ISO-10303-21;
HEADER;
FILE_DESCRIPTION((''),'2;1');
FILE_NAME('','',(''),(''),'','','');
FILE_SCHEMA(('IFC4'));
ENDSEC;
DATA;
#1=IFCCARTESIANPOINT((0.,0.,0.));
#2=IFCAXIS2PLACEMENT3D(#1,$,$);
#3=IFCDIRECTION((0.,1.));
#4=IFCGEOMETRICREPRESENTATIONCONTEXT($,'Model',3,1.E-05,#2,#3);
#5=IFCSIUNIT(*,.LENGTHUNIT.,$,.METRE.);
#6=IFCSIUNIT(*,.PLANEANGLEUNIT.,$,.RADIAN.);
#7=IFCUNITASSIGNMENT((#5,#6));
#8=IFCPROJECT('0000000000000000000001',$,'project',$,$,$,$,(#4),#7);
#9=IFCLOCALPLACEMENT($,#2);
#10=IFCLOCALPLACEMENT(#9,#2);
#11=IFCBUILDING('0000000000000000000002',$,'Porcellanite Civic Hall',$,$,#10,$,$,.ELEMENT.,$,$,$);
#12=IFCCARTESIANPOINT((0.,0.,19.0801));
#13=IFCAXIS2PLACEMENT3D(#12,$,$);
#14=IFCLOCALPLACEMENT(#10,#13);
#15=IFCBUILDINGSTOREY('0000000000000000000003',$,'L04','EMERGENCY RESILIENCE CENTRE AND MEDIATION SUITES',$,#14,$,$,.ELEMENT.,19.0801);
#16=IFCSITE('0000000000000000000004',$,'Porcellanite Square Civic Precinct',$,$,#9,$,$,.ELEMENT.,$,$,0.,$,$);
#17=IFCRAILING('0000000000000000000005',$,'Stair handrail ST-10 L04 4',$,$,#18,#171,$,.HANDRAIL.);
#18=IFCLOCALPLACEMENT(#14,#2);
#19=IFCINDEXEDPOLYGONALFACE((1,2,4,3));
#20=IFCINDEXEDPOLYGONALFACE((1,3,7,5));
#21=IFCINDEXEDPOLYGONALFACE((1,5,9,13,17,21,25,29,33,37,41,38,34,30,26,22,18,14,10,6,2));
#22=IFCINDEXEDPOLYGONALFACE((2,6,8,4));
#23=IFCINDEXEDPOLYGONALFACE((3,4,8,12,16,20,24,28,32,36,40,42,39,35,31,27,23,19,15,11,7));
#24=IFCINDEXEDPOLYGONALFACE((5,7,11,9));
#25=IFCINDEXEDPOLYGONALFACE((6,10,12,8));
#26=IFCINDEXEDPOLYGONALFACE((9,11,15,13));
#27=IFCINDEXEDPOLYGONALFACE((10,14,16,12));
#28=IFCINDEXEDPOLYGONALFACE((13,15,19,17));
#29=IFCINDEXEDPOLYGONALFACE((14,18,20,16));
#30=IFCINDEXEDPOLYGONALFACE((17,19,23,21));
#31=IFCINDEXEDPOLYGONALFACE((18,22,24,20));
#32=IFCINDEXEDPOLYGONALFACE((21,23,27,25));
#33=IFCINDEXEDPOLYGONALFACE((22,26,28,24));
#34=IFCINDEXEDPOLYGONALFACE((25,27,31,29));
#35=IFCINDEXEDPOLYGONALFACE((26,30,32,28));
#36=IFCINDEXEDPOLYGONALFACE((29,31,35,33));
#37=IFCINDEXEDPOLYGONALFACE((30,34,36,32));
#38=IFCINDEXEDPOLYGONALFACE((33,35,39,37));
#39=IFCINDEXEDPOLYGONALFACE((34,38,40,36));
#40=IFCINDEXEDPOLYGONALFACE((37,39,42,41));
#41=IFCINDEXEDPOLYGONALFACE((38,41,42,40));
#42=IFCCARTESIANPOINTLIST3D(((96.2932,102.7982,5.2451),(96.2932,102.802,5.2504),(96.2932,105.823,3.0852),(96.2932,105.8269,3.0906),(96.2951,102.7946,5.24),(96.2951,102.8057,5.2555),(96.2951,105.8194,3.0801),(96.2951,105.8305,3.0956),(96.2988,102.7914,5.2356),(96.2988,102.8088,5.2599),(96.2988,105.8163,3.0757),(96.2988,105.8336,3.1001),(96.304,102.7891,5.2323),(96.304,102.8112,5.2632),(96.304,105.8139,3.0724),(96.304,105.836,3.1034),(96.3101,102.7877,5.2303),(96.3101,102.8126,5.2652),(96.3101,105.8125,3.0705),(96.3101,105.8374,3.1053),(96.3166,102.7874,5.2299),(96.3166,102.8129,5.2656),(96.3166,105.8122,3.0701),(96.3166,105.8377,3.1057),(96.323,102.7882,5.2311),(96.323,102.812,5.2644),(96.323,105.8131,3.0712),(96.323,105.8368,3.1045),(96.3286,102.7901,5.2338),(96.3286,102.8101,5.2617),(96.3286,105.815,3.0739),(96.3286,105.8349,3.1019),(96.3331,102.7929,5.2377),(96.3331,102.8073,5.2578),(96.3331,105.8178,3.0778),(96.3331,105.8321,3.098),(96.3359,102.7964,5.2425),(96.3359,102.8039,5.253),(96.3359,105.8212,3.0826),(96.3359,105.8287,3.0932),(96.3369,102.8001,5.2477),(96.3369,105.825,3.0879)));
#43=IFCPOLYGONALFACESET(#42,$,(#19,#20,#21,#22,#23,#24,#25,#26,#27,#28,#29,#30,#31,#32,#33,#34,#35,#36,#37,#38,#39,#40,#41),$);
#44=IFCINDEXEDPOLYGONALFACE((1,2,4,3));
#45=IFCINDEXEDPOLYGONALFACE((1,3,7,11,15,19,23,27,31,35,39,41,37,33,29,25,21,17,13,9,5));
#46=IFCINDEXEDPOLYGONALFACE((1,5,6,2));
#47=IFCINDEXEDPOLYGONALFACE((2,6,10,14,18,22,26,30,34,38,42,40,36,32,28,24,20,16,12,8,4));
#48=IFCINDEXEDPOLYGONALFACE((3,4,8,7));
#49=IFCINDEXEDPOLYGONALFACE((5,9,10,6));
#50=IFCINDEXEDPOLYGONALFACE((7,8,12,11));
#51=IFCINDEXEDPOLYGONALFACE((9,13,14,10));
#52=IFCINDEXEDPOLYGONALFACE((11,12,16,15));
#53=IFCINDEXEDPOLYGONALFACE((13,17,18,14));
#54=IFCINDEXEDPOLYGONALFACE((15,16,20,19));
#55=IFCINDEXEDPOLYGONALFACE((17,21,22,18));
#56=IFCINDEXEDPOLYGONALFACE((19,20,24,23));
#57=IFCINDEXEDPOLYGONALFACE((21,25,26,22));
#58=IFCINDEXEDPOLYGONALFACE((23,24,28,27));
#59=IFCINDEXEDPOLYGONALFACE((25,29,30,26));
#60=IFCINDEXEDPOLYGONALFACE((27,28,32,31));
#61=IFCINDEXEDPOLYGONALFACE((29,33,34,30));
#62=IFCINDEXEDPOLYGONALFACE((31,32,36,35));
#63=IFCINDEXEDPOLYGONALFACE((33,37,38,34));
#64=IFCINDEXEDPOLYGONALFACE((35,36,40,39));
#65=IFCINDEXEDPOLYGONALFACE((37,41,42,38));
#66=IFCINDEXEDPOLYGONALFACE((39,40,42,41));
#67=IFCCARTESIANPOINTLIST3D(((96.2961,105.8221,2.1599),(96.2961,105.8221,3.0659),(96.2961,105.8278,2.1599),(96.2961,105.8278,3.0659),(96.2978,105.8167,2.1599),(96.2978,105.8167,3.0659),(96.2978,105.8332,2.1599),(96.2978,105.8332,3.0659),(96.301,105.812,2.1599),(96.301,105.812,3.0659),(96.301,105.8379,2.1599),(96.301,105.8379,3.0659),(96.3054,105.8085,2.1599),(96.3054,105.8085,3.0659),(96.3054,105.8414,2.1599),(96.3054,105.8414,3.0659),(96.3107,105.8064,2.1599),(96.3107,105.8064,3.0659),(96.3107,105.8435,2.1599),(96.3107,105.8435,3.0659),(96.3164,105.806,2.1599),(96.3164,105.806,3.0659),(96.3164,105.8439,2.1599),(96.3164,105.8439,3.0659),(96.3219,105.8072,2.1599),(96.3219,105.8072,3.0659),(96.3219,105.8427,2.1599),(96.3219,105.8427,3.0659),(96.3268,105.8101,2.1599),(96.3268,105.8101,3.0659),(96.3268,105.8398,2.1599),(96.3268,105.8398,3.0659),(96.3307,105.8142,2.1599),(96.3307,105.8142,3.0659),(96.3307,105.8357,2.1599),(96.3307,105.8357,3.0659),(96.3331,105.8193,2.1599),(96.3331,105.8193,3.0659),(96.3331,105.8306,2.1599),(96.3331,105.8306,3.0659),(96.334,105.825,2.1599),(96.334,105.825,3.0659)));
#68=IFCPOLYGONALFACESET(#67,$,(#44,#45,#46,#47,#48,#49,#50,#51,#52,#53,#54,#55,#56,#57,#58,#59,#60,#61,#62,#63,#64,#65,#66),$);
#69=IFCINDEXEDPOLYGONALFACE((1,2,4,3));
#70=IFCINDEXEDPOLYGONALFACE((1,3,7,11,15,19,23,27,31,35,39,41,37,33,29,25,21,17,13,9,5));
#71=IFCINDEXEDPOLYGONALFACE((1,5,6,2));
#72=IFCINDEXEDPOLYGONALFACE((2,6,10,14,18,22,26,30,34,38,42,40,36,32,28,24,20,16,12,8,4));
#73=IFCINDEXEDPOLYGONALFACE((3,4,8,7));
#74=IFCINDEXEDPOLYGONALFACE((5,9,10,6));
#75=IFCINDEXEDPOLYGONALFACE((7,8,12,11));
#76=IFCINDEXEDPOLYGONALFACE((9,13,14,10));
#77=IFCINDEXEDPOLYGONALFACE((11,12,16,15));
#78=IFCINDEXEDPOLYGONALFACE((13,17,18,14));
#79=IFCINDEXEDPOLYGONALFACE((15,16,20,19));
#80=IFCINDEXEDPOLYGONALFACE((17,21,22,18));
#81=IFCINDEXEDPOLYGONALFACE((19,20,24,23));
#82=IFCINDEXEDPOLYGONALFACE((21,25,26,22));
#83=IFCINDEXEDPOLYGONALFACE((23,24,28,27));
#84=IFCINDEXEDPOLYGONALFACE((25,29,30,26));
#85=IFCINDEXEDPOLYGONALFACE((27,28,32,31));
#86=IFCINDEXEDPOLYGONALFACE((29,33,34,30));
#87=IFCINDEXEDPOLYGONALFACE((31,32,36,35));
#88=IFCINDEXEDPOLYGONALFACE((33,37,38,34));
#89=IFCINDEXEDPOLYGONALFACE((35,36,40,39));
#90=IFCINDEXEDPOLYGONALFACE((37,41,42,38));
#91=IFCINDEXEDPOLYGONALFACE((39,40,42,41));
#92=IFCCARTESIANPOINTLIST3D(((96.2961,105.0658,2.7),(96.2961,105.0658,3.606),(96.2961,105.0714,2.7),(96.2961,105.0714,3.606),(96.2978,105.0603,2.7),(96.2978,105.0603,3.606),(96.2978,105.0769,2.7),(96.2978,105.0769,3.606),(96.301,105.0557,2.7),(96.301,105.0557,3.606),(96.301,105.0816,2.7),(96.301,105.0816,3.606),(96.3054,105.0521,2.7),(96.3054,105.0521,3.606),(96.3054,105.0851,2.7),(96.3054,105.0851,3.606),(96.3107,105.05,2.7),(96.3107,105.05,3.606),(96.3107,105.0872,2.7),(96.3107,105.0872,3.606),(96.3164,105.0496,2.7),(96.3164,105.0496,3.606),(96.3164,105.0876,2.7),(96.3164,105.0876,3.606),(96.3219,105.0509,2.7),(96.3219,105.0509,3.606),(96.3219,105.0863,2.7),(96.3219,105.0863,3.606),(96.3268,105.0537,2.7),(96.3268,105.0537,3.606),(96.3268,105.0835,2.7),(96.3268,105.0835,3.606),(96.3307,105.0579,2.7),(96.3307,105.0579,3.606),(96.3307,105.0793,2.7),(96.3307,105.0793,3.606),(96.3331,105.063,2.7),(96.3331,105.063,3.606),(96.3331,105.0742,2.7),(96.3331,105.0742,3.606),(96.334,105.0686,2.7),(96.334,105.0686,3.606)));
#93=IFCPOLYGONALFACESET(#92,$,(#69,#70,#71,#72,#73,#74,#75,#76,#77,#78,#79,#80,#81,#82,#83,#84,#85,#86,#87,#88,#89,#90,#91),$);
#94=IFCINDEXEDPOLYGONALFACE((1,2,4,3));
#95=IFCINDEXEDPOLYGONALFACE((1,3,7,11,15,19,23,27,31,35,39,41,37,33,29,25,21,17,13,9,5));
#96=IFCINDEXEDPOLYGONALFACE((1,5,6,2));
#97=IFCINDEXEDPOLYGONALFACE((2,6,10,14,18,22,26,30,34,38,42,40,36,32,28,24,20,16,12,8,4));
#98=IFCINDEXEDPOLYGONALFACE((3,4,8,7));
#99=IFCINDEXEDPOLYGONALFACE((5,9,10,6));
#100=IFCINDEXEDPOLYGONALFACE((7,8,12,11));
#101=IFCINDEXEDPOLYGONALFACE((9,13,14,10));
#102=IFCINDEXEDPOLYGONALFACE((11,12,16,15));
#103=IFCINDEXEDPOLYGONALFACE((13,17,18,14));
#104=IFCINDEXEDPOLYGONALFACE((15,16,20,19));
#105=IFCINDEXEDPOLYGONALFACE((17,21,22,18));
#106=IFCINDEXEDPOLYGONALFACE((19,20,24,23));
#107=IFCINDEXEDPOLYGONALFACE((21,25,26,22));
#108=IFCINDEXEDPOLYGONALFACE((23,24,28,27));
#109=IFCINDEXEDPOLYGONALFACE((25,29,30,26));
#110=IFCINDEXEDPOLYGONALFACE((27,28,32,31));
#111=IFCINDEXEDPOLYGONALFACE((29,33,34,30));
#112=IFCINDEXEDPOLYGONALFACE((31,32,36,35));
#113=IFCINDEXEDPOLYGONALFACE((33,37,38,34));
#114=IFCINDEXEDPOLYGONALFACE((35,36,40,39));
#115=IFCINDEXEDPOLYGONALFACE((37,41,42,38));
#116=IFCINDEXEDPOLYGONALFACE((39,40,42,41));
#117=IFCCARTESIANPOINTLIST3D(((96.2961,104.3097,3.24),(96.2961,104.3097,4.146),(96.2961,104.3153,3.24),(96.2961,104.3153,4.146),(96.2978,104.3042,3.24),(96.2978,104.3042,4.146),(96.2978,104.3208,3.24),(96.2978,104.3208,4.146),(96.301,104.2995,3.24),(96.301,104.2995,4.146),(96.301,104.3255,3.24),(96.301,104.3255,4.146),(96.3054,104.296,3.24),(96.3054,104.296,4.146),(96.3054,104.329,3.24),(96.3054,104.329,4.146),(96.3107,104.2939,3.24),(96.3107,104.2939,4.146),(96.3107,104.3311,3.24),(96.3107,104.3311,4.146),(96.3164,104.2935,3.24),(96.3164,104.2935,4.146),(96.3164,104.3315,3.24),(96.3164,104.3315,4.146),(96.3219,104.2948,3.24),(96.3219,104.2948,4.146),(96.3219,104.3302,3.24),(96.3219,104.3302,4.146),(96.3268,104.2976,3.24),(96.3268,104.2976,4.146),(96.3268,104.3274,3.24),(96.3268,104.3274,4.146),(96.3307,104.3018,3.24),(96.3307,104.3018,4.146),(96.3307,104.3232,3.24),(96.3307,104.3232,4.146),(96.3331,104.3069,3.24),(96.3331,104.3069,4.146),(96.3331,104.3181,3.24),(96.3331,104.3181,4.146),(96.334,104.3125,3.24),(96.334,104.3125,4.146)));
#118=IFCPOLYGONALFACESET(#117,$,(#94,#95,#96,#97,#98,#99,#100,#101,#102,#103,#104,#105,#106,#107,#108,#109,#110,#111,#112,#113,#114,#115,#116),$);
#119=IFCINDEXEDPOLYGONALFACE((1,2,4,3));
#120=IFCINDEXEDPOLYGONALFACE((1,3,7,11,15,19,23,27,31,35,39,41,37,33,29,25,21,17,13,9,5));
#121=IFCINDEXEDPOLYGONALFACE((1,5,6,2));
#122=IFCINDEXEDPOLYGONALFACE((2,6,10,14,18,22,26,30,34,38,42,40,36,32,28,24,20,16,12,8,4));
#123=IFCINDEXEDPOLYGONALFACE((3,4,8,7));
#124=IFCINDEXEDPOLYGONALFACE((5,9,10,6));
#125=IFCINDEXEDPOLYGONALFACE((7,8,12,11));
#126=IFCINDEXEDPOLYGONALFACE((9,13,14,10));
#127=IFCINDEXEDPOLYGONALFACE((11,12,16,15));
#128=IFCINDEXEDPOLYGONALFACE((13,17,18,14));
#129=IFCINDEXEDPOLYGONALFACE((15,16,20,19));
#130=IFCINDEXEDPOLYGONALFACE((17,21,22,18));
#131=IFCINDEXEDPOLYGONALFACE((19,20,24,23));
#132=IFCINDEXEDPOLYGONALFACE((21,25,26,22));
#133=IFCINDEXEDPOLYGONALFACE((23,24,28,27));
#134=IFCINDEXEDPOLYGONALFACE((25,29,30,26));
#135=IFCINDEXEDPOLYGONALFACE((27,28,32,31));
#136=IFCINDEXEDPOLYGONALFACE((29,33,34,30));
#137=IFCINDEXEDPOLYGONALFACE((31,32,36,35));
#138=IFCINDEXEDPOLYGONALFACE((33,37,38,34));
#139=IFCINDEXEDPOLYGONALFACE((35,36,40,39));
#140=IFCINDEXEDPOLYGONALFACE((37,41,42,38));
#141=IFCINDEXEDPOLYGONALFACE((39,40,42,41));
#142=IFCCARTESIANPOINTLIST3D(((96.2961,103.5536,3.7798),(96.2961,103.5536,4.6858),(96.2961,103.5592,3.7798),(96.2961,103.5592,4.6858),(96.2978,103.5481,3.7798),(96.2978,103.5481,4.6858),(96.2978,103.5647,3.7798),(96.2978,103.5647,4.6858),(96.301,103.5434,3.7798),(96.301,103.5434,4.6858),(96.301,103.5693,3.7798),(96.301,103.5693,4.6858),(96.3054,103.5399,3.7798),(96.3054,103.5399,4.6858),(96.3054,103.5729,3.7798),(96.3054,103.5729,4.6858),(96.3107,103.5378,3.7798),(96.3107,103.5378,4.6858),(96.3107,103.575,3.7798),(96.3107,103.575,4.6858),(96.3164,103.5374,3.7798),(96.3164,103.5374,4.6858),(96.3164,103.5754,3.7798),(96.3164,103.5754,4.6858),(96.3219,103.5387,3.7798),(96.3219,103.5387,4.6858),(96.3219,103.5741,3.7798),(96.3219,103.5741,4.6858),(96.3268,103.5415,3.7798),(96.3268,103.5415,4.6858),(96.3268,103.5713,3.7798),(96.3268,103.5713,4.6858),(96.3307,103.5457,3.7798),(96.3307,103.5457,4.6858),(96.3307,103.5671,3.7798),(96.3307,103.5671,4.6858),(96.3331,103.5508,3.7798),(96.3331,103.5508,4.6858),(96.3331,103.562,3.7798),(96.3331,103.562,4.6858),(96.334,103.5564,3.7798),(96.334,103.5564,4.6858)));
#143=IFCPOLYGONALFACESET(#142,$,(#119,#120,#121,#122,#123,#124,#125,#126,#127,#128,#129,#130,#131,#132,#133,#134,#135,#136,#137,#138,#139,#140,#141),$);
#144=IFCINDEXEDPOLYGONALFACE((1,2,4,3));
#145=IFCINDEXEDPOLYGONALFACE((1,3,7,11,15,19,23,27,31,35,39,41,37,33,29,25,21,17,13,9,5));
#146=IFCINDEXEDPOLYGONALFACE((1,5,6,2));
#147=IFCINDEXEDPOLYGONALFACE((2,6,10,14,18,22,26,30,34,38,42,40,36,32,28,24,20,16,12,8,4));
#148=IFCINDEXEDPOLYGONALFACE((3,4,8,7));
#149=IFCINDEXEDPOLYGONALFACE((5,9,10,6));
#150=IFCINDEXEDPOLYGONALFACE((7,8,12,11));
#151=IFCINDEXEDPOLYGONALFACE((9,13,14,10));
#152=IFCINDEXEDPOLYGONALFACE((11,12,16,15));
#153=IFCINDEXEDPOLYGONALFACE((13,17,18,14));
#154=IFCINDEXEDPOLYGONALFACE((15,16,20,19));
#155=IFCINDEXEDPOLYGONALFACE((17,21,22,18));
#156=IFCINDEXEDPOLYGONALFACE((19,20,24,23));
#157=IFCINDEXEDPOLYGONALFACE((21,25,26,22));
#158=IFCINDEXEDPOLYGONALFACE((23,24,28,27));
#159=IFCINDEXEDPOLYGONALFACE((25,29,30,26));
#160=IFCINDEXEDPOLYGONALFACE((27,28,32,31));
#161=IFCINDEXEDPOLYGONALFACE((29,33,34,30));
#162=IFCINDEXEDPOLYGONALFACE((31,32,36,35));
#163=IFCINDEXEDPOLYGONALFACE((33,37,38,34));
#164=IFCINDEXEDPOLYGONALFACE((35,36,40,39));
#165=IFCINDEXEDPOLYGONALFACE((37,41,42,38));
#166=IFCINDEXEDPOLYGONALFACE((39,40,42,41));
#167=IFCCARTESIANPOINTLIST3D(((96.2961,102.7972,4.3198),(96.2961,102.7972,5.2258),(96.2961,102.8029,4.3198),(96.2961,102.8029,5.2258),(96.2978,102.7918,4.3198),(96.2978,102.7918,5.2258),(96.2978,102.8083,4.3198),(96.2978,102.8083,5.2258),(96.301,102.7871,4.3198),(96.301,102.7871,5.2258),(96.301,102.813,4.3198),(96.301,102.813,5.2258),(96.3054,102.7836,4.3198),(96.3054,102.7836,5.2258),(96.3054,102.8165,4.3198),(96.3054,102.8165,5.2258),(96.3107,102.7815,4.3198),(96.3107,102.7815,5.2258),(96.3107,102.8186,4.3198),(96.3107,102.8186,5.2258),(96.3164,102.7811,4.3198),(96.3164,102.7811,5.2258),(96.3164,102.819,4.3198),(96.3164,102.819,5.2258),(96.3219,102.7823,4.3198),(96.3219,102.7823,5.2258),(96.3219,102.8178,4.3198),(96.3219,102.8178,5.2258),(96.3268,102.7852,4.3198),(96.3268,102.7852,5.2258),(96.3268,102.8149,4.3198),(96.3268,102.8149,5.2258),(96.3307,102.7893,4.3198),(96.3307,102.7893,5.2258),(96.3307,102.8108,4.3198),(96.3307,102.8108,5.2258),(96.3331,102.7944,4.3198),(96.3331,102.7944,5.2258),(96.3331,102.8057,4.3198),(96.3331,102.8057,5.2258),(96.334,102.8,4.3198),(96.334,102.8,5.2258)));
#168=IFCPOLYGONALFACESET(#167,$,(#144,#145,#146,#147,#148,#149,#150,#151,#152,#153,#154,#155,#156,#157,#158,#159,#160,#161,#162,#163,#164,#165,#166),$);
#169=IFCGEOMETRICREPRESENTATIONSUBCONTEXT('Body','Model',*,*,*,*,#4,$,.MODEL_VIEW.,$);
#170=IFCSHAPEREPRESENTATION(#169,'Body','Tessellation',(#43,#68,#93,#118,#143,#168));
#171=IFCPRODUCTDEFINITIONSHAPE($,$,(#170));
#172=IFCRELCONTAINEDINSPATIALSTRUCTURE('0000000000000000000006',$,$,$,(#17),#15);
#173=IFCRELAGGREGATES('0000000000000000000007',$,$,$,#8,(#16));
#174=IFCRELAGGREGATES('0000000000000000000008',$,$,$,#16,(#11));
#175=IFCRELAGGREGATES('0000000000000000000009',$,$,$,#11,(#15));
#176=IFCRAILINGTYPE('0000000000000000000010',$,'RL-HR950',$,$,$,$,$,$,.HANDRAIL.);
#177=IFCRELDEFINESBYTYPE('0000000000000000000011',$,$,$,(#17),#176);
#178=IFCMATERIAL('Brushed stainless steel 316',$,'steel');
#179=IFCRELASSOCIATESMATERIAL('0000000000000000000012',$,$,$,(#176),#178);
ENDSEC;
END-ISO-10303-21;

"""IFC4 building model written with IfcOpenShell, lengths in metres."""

from ifc_helpers import new_model, si_unit, direction, frame, origin, origin_2d, place, context, subcontext, project, spatial, circle, extrude, material, type_object, element, save


model = new_model("IFC4")

# Units and contexts
model_context = context("Model", 3, precision=1e-05, world=origin(), true_north=direction((0.0, 1.0)))
body_context = subcontext(model_context, "Body", "Model", "MODEL_VIEW")
ifc_project = project(units=[si_unit("LENGTHUNIT", "METRE"), si_unit("PLANEANGLEUNIT", "RADIAN")], contexts=[model_context])

# Site, building, storey
site_placement = place(None, origin())
site = spatial("IfcSite", under=ifc_project, at=site_placement, Name="Porcellanite Square Civic Precinct", CompositionType="ELEMENT", RefElevation=0.0)
building_placement = place(site_placement, origin())
building = spatial("IfcBuilding", under=site, at=building_placement, Name="Porcellanite Civic Hall", CompositionType="ELEMENT")
storey_placement = place(building_placement, frame((0.0, 0.0, 19.0801)))
storey = spatial("IfcBuildingStorey", under=building, at=storey_placement, Name="L04", Description="EMERGENCY RESILIENCE CENTRE AND MEDIATION SUITES", CompositionType="ELEMENT", Elevation=19.0801)

# Railing
ifc_material_1 = material(Name="Brushed stainless steel 316", Category="steel")
railing_type_1 = type_object("IfcRailingType", Name="RL-HR950", PredefinedType="HANDRAIL", material=ifc_material_1)
railing_1_placement = place(storey_placement, frame((96.3149, 105.825, 2.1599)))
element("IfcRailing", 1, at=railing_1_placement, inside=storey, type_object=railing_type_1, Name="Stair handrail ST-10 L04 4", PredefinedType="HANDRAIL", context=body_context, shape_type="SweptSolid", body=[
    extrude(circle(Radius=0.022, at=origin_2d()), frame((0.0, 0.0, 0.928), z_axis=(0.0, -0.813827, 0.581108), x_axis=(1.0, 0.0, 0.0)), (0.0, 0.0, 1.0), 3.7168),
    extrude(circle(Radius=0.019, at=origin_2d()), origin(), (0.0, 0.0, 1.0), 0.906),
    extrude(circle(Radius=0.019, at=origin_2d()), frame((0.0, -0.7563, 0.54)), (0.0, 0.0, 1.0), 0.906),
    extrude(circle(Radius=0.019, at=origin_2d()), frame((0.0, -1.5125, 1.0801)), (0.0, 0.0, 1.0), 0.906),
    extrude(circle(Radius=0.019, at=origin_2d()), frame((0.0, -2.2686, 1.6199)), (0.0, 0.0, 1.0), 0.906),
    extrude(circle(Radius=0.019, at=origin_2d()), frame((0.0, -3.0249, 2.1599)), (0.0, 0.0, 1.0), 0.906),
])

save(model, "model.ifc")
